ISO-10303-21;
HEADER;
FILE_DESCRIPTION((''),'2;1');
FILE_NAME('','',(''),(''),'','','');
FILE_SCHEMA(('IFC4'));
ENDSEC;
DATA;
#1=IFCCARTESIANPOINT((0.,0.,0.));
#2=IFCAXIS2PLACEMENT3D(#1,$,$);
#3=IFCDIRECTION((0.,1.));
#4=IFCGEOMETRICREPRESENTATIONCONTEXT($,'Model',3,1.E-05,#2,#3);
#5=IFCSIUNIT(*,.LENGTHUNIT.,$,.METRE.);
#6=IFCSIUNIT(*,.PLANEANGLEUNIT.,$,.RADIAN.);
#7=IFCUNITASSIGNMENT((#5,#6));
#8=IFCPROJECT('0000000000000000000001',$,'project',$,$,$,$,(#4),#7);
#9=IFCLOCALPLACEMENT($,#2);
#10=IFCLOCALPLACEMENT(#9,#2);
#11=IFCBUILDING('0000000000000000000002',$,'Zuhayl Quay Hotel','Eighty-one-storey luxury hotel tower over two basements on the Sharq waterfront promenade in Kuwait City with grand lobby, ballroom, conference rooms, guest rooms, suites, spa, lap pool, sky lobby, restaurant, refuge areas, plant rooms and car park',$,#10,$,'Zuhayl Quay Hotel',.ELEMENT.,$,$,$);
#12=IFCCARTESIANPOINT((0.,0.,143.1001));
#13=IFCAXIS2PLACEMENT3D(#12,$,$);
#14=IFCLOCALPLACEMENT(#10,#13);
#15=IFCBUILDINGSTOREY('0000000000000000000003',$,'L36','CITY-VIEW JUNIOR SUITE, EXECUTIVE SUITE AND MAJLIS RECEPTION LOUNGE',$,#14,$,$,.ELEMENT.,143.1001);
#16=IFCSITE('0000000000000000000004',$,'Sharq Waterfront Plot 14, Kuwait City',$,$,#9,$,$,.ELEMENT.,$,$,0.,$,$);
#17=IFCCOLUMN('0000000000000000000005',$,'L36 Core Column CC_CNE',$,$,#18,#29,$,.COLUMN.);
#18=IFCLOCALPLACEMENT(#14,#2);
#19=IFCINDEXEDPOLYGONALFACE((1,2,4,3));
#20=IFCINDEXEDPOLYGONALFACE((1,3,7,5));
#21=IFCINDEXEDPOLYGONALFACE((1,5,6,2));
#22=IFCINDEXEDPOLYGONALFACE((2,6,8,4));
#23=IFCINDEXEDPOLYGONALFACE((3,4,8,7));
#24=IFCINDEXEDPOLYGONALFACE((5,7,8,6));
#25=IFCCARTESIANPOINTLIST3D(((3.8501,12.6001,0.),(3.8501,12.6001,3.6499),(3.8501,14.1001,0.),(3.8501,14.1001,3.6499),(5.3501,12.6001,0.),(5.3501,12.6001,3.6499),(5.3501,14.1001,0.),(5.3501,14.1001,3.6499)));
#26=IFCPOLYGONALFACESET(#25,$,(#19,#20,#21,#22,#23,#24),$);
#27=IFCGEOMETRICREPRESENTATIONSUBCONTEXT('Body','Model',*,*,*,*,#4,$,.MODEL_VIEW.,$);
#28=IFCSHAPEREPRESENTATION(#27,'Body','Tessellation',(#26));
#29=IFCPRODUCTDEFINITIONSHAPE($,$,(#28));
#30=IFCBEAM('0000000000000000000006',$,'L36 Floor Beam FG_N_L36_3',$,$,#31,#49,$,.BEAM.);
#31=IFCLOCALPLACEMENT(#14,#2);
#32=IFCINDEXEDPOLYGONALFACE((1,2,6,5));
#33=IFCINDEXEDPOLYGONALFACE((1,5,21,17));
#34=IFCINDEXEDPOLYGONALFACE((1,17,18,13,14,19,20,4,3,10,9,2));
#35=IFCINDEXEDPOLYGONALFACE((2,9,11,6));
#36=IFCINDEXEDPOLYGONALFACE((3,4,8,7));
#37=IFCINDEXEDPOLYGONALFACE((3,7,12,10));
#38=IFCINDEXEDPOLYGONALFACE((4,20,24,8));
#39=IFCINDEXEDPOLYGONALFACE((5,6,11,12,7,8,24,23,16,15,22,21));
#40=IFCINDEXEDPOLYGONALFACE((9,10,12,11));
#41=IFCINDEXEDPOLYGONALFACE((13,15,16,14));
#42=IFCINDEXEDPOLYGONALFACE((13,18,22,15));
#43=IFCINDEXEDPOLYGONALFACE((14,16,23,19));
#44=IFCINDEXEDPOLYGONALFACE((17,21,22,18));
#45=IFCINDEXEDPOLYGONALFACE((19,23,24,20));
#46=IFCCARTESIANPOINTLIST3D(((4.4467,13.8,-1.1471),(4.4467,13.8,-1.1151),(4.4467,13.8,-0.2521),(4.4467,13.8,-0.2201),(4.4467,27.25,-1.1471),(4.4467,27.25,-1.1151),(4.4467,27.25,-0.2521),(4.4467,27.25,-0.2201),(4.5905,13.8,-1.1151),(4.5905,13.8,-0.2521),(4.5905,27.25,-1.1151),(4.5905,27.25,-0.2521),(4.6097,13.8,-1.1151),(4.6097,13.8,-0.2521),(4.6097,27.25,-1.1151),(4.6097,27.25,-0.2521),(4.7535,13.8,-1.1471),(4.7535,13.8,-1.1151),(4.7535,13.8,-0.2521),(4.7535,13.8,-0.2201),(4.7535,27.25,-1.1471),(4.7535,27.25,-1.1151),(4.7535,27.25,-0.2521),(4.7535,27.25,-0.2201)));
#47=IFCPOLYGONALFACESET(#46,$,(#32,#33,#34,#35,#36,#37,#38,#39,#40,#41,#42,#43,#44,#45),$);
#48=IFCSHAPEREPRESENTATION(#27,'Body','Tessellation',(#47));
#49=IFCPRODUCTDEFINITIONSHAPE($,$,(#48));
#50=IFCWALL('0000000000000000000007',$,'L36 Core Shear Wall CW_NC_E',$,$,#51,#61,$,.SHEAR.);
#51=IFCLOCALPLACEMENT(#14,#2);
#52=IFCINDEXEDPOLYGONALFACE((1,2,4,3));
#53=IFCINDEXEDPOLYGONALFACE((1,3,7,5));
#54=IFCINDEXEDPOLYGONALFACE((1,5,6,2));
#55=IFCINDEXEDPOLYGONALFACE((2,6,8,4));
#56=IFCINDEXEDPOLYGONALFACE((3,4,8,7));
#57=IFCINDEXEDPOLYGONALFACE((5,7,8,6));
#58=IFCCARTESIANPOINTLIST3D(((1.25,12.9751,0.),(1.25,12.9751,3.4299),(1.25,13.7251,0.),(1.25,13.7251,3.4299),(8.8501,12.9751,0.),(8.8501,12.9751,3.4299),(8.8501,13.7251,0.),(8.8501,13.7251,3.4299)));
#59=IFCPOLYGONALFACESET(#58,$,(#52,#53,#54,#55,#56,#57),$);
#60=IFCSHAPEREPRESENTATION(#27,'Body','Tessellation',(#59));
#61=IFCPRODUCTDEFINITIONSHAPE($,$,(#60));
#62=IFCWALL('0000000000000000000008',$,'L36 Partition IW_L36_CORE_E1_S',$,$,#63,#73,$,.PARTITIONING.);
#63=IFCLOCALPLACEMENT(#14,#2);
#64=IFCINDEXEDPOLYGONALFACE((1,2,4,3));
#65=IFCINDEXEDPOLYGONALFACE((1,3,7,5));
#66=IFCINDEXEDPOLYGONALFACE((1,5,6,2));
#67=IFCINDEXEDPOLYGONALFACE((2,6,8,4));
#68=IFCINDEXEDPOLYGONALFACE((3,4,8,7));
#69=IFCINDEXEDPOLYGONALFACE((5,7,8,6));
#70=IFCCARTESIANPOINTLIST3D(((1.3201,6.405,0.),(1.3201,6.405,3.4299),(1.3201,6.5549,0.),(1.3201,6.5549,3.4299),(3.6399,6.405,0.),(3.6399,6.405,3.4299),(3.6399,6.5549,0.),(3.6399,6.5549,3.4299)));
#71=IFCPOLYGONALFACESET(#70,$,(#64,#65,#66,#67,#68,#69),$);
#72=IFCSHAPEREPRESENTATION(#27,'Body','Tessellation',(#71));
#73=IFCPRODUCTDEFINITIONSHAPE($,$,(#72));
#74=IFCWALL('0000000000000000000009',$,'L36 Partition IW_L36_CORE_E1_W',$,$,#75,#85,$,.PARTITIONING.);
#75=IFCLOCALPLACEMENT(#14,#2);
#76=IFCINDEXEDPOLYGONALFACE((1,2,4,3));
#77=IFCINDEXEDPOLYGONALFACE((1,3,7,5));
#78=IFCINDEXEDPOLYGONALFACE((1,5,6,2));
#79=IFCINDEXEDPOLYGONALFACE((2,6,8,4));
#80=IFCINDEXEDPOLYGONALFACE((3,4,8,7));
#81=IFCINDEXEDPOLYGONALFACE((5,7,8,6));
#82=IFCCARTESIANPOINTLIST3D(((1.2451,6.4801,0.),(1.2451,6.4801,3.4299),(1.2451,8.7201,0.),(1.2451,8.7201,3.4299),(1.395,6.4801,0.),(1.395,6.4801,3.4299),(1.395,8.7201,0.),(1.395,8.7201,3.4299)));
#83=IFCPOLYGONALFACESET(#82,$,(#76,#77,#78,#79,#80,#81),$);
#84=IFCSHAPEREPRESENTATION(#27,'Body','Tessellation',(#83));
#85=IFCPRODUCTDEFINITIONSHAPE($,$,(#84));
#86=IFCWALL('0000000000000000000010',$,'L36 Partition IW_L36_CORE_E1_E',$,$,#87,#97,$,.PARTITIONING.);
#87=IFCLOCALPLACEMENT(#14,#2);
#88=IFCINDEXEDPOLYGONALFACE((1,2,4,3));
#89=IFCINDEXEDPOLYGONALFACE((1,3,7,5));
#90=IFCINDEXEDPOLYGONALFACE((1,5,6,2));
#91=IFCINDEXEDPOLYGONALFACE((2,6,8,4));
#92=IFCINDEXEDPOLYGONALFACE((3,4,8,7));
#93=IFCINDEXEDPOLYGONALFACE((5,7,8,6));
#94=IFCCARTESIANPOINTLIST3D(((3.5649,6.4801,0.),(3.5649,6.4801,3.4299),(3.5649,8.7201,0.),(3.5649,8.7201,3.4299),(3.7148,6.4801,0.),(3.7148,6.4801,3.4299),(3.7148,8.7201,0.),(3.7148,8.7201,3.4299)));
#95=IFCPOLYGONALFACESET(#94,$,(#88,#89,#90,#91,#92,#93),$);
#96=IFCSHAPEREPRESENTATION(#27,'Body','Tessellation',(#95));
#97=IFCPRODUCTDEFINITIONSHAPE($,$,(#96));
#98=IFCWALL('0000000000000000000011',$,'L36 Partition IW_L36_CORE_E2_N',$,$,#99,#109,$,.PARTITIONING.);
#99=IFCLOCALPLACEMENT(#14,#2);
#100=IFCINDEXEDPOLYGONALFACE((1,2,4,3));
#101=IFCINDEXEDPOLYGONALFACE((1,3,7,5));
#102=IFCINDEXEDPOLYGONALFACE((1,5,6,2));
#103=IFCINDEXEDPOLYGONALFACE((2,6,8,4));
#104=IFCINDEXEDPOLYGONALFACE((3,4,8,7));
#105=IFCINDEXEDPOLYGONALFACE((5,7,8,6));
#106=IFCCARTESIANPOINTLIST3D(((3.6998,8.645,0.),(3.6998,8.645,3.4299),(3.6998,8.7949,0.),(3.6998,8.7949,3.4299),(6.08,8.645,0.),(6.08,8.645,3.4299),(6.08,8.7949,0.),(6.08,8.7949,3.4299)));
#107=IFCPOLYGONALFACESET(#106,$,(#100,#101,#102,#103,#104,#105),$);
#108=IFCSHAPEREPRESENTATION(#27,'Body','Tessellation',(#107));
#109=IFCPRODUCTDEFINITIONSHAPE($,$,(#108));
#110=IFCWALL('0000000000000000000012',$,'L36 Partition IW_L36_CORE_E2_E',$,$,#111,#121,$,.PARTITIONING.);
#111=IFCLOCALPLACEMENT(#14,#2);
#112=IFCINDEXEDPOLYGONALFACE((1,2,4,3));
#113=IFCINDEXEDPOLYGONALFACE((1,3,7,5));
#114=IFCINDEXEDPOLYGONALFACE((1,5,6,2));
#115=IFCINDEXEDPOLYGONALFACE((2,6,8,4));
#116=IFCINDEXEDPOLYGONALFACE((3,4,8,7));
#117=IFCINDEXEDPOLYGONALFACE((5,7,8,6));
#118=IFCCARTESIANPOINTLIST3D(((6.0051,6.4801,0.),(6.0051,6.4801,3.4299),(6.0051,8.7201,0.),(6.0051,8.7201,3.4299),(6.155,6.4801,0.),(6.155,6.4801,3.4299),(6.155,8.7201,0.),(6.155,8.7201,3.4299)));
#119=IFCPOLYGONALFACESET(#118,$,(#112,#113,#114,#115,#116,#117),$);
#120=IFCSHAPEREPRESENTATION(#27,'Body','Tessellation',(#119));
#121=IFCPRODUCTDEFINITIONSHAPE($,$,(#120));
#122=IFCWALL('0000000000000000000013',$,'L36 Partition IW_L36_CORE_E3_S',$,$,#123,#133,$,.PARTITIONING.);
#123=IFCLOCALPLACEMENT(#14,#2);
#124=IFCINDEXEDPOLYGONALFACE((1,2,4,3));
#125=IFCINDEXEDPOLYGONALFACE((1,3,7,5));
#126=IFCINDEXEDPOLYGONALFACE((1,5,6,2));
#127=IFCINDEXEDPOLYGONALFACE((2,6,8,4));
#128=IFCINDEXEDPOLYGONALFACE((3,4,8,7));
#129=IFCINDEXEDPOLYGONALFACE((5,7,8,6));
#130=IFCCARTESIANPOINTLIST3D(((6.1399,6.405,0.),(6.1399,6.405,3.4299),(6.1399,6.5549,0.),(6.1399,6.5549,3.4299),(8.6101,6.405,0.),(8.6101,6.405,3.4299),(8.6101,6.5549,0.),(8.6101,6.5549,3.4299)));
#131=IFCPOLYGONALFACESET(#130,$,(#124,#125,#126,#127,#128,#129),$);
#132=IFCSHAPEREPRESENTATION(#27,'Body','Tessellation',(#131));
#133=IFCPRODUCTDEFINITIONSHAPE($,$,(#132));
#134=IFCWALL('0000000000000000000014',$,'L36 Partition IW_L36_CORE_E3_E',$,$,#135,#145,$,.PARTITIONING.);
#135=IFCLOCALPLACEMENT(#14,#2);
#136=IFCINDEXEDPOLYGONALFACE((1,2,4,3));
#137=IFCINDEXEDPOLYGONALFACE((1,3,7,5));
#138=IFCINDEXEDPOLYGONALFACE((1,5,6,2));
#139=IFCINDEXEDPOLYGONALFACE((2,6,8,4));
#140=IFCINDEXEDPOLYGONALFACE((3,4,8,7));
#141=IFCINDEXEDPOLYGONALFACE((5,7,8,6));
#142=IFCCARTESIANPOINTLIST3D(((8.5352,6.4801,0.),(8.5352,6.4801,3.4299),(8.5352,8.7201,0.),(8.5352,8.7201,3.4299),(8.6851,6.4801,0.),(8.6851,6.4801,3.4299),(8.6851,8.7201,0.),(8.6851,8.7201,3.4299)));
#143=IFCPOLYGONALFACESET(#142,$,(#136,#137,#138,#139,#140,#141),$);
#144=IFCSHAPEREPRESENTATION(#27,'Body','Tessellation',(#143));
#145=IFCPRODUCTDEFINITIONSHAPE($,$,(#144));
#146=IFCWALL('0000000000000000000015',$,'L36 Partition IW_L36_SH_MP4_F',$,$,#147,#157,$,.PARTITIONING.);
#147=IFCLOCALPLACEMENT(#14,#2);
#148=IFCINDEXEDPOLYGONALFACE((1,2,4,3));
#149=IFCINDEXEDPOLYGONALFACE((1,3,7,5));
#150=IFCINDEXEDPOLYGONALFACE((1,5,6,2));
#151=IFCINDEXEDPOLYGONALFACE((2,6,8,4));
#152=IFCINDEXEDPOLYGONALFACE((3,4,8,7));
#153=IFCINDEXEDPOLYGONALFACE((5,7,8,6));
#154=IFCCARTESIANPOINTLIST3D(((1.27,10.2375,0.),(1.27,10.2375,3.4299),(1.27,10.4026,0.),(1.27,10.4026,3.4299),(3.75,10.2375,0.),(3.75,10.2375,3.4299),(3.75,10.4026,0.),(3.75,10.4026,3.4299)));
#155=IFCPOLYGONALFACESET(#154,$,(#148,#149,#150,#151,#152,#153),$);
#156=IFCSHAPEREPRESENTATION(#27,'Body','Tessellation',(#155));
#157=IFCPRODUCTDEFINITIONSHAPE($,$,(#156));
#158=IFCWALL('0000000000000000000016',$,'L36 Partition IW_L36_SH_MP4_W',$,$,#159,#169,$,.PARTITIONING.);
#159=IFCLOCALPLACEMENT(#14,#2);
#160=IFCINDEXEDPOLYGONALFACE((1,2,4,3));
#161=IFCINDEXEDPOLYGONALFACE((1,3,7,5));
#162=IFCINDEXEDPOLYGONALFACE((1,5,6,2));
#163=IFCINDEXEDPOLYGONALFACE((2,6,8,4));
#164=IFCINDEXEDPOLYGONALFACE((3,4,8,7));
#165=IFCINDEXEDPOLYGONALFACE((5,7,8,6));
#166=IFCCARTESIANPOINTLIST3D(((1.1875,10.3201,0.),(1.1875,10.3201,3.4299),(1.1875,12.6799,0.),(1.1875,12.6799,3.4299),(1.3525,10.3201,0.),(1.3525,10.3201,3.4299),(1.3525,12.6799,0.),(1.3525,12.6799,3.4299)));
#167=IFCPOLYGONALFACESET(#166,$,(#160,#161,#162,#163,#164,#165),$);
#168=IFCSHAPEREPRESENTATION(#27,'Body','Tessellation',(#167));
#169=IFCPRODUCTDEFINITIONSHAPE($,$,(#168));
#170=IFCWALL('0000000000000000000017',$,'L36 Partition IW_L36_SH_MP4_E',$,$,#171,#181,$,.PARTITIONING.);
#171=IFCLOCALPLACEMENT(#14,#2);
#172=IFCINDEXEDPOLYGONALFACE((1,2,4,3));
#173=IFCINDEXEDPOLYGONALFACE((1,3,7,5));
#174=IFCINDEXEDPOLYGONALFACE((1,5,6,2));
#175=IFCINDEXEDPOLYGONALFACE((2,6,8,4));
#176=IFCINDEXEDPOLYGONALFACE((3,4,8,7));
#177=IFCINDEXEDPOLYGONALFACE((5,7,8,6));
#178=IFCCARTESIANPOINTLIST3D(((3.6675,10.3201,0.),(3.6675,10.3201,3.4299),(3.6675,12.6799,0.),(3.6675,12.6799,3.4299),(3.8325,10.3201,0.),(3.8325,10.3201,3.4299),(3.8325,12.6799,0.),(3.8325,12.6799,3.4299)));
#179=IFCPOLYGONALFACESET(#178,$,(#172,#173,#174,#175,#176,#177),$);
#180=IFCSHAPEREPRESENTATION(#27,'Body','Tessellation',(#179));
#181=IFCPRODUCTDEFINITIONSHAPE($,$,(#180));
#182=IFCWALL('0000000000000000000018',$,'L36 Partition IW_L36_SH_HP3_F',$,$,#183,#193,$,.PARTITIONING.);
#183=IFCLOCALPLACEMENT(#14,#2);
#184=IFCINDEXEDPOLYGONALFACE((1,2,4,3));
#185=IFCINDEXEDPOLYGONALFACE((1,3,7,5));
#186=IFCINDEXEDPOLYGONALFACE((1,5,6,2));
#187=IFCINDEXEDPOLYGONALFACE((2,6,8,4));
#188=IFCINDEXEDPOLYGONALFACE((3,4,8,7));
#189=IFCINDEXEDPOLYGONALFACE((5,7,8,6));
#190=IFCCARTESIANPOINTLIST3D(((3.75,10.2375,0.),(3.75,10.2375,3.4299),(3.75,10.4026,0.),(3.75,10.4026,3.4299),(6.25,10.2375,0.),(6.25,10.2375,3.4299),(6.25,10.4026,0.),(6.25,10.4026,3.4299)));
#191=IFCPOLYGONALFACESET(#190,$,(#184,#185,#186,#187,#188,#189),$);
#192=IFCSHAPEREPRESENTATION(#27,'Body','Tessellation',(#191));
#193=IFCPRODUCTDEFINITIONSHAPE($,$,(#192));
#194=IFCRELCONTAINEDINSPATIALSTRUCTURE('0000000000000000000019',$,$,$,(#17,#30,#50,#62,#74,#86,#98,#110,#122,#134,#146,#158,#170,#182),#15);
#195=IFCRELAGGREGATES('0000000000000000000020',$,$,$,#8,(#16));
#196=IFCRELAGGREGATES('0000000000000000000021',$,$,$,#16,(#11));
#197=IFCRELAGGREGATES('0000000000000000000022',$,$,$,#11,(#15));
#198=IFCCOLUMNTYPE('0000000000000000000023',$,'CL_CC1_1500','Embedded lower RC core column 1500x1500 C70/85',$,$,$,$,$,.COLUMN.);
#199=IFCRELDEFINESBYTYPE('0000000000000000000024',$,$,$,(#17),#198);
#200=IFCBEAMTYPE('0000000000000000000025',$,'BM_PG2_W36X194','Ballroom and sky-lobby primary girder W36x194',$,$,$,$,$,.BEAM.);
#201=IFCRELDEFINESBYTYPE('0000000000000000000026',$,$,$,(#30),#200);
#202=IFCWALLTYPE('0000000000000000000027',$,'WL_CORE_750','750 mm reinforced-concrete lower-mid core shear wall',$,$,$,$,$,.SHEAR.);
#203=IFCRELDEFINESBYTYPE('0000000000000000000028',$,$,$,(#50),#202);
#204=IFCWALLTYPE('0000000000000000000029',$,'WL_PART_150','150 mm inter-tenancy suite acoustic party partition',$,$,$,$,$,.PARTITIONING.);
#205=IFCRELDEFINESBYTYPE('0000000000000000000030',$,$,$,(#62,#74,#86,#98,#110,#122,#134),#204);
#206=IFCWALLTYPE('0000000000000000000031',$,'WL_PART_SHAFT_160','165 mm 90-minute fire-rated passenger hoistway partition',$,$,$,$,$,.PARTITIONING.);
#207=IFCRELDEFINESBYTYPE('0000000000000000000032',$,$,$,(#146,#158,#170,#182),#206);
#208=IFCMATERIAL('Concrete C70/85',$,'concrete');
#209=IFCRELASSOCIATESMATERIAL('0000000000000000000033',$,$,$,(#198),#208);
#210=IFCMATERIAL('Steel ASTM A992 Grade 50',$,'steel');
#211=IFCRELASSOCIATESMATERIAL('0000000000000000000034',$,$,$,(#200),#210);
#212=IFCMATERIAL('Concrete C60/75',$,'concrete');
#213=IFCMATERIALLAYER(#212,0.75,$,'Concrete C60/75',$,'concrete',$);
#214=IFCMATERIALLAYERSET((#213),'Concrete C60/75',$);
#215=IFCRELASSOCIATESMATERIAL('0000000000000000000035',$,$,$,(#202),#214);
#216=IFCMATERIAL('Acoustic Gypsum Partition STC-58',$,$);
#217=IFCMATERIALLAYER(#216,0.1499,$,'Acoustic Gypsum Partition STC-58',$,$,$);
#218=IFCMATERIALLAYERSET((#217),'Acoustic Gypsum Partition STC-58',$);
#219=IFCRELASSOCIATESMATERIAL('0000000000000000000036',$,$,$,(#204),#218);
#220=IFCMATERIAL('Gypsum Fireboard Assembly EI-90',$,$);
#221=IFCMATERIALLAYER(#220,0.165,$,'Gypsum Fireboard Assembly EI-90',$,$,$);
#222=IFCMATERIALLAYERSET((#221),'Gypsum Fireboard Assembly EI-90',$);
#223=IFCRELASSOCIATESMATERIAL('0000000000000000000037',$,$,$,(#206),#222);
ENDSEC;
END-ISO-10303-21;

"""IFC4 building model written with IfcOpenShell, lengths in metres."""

from ifc_helpers import new_model, si_unit, direction, frame, frame_2d, origin, origin_2d, place, context, subcontext, project, spatial, rectangle, i_section, extrude, material, layer, layer_set, material_profile, profile_set, type_object, element, save


model = new_model("IFC4")

# Units and contexts
model_context = context("Model", 3, precision=1e-05, world=origin(), true_north=direction((0.0, 1.0)))
body_context = subcontext(model_context, "Body", "Model", "MODEL_VIEW")
ifc_project = project(units=[si_unit("LENGTHUNIT", "METRE"), si_unit("PLANEANGLEUNIT", "RADIAN")], contexts=[model_context])

# Site, building, storey
site_placement = place(None, origin())
site = spatial("IfcSite", under=ifc_project, at=site_placement, Name="Sharq Waterfront Plot 14, Kuwait City", CompositionType="ELEMENT", RefElevation=0.0)
building_placement = place(site_placement, origin())
building = spatial("IfcBuilding", under=site, at=building_placement, Name="Zuhayl Quay Hotel", Description="Eighty-one-storey luxury hotel tower over two basements on the Sharq waterfront promenade in Kuwait City with grand lobby, ballroom, conference rooms, guest rooms, suites, spa, lap pool, sky lobby, restaurant, refuge areas, plant rooms and car park", LongName="Zuhayl Quay Hotel", CompositionType="ELEMENT")
storey_placement = place(building_placement, frame((0.0, 0.0, 143.1001)))
storey = spatial("IfcBuildingStorey", under=building, at=storey_placement, Name="L36", Description="CITY-VIEW JUNIOR SUITE, EXECUTIVE SUITE AND MAJLIS RECEPTION LOUNGE", CompositionType="ELEMENT", Elevation=143.1001)

# Column
ifc_material_1 = material(Name="Concrete C70/85", Category="concrete")
ifc_material_profile_1 = material_profile(ifc_material_1, rectangle(XDim=1.5, YDim=1.5, at=origin_2d()), Name="RC1500X1500")
ifc_profile_set_1 = profile_set([ifc_material_profile_1], Name="Concrete C70/85")
column_type = type_object("IfcColumnType", Name="CL_CC1_1500", Description="Embedded lower RC core column 1500x1500 C70/85", PredefinedType="COLUMN", material=ifc_profile_set_1)
column_placement = place(storey_placement, frame((4.6001, 13.3501, 0.0), z_axis=(0.0, 0.0, 1.0), x_axis=(1.0, 0.0, 0.0)))
element("IfcColumn", 1, at=column_placement, inside=storey, type_object=column_type, Name="L36 Core Column CC_CNE", PredefinedType="COLUMN", context=body_context, shape_type="SweptSolid", body=[
    extrude(rectangle(XDim=1.5, YDim=1.5, at=origin_2d()), origin(), (0.0, 0.0, 1.0), 3.6499),
])

# Beam
ifc_material_2 = material(Name="Steel ASTM A992 Grade 50", Category="steel")
ifc_material_profile_2 = material_profile(ifc_material_2, i_section(OverallWidth=0.3069, OverallDepth=0.927, WebThickness=0.0193, FlangeThickness=0.032, at=origin_2d()), Name="W36X194")
ifc_profile_set_2 = profile_set([ifc_material_profile_2], Name="Steel ASTM A992 Grade 50")
beam_type = type_object("IfcBeamType", Name="BM_PG2_W36X194", Description="Ballroom and sky-lobby primary girder W36x194", PredefinedType="BEAM", material=ifc_profile_set_2)
beam_placement = place(storey_placement, frame((4.6001, 13.8, -0.6836), z_axis=(0.0, 1.0, 0.0), x_axis=(-1.0, 0.0, 0.0)))
element("IfcBeam", 2, at=beam_placement, inside=storey, type_object=beam_type, Name="L36 Floor Beam FG_N_L36_3", PredefinedType="BEAM", context=body_context, shape_type="SweptSolid", body=[
    extrude(i_section(OverallWidth=0.3069, OverallDepth=0.927, WebThickness=0.0193, FlangeThickness=0.032, at=origin_2d()), origin(), (0.0, 0.0, 1.0), 13.45),
])

# Wall
ifc_material_3 = material(Name="Concrete C60/75", Category="concrete")
ifc_layer_1 = layer(ifc_material_3, 0.75, Name="Concrete C60/75", Category="concrete")
ifc_layer_set_1 = layer_set([ifc_layer_1], Name="Concrete C60/75")
wall_type_1 = type_object("IfcWallType", Name="WL_CORE_750", Description="750 mm reinforced-concrete lower-mid core shear wall", PredefinedType="SHEAR", material=ifc_layer_set_1)
wall_1_placement = place(storey_placement, frame((1.25, 13.3501, 0.0), z_axis=(0.0, 0.0, 1.0), x_axis=(1.0, 0.0, 0.0)))
element("IfcWall", 3, at=wall_1_placement, inside=storey, type_object=wall_type_1, Name="L36 Core Shear Wall CW_NC_E", PredefinedType="SHEAR", context=body_context, shape_type="SweptSolid", body=[
    extrude(rectangle(XDim=7.6001, YDim=0.75, at=frame_2d((3.8, 0.0))), origin(), (0.0, 0.0, 1.0), 3.4299),
])

# Shared definitions
ifc_material_4 = material(Name="Acoustic Gypsum Partition STC-58")
ifc_layer_2 = layer(ifc_material_4, 0.1499, Name="Acoustic Gypsum Partition STC-58")
ifc_layer_set_2 = layer_set([ifc_layer_2], Name="Acoustic Gypsum Partition STC-58")
wall_type_2 = type_object("IfcWallType", Name="WL_PART_150", Description="150 mm inter-tenancy suite acoustic party partition", PredefinedType="PARTITIONING", material=ifc_layer_set_2)

# Walls
wall_2_placement = place(storey_placement, frame((1.3201, 6.48, 0.0), z_axis=(0.0, 0.0, 1.0), x_axis=(1.0, 0.0, 0.0)))
element("IfcWall", 4, at=wall_2_placement, inside=storey, type_object=wall_type_2, Name="L36 Partition IW_L36_CORE_E1_S", PredefinedType="PARTITIONING", context=body_context, shape_type="SweptSolid", body=[
    extrude(rectangle(XDim=2.3198, YDim=0.1499, at=frame_2d((1.1599, 0.0))), origin(), (0.0, 0.0, 1.0), 3.4299),
])
for number, where, z_axis, x_axis, name in (
    (5, (1.3201, 6.48, 0.0), (0.0, 0.0, 1.0), (0.0, 1.0, 0.0), "L36 Partition IW_L36_CORE_E1_W"),
    (6, (3.6399, 6.48, 0.0), (0.0, 0.0, 1.0), (0.0, 1.0, 0.0), "L36 Partition IW_L36_CORE_E1_E"),
):
    element("IfcWall", number, at=place(storey_placement, frame(where, z_axis=z_axis, x_axis=x_axis)), inside=storey, type_object=wall_type_2, Name=name, PredefinedType="PARTITIONING", context=body_context, shape_type="SweptSolid", body=[
        extrude(rectangle(XDim=2.24, YDim=0.1499, at=frame_2d((1.1201, 0.0))), origin(), (0.0, 0.0, 1.0), 3.4299),
    ])
wall_3_placement = place(storey_placement, frame((3.7, 8.72, 0.0), z_axis=(0.0, 0.0, 1.0), x_axis=(1.0, 0.0, 0.0)))
element("IfcWall", 7, at=wall_3_placement, inside=storey, type_object=wall_type_2, Name="L36 Partition IW_L36_CORE_E2_N", PredefinedType="PARTITIONING", context=body_context, shape_type="SweptSolid", body=[
    extrude(rectangle(XDim=2.3801, YDim=0.1499, at=frame_2d((1.1899, 0.0))), origin(), (0.0, 0.0, 1.0), 3.4299),
])
wall_4_placement = place(storey_placement, frame((6.0801, 6.48, 0.0), z_axis=(0.0, 0.0, 1.0), x_axis=(0.0, 1.0, 0.0)))
element("IfcWall", 8, at=wall_4_placement, inside=storey, type_object=wall_type_2, Name="L36 Partition IW_L36_CORE_E2_E", PredefinedType="PARTITIONING", context=body_context, shape_type="SweptSolid", body=[
    extrude(rectangle(XDim=2.24, YDim=0.1499, at=frame_2d((1.1201, 0.0))), origin(), (0.0, 0.0, 1.0), 3.4299),
])
wall_5_placement = place(storey_placement, frame((6.1399, 6.48, 0.0), z_axis=(0.0, 0.0, 1.0), x_axis=(1.0, 0.0, 0.0)))
element("IfcWall", 9, at=wall_5_placement, inside=storey, type_object=wall_type_2, Name="L36 Partition IW_L36_CORE_E3_S", PredefinedType="PARTITIONING", context=body_context, shape_type="SweptSolid", body=[
    extrude(rectangle(XDim=2.4702, YDim=0.1499, at=frame_2d((1.2351, 0.0))), origin(), (0.0, 0.0, 1.0), 3.4299),
])
wall_6_placement = place(storey_placement, frame((8.6101, 6.48, 0.0), z_axis=(0.0, 0.0, 1.0), x_axis=(0.0, 1.0, 0.0)))
element("IfcWall", 10, at=wall_6_placement, inside=storey, type_object=wall_type_2, Name="L36 Partition IW_L36_CORE_E3_E", PredefinedType="PARTITIONING", context=body_context, shape_type="SweptSolid", body=[
    extrude(rectangle(XDim=2.24, YDim=0.1499, at=frame_2d((1.1201, 0.0))), origin(), (0.0, 0.0, 1.0), 3.4299),
])
ifc_material_5 = material(Name="Gypsum Fireboard Assembly EI-90")
ifc_layer_3 = layer(ifc_material_5, 0.165, Name="Gypsum Fireboard Assembly EI-90")
ifc_layer_set_3 = layer_set([ifc_layer_3], Name="Gypsum Fireboard Assembly EI-90")
wall_type_3 = type_object("IfcWallType", Name="WL_PART_SHAFT_160", Description="165 mm 90-minute fire-rated passenger hoistway partition", PredefinedType="PARTITIONING", material=ifc_layer_set_3)
wall_7_placement = place(storey_placement, frame((1.27, 10.3201, 0.0), z_axis=(0.0, 0.0, 1.0), x_axis=(1.0, 0.0, 0.0)))
element("IfcWall", 11, at=wall_7_placement, inside=storey, type_object=wall_type_3, Name="L36 Partition IW_L36_SH_MP4_F", PredefinedType="PARTITIONING", context=body_context, shape_type="SweptSolid", body=[
    extrude(rectangle(XDim=2.48, YDim=0.165, at=frame_2d((1.24, 0.0))), origin(), (0.0, 0.0, 1.0), 3.4299),
])
for number, where, z_axis, x_axis, name in (
    (12, (1.27, 10.3201, 0.0), (0.0, 0.0, 1.0), (0.0, 1.0, 0.0), "L36 Partition IW_L36_SH_MP4_W"),
    (13, (3.75, 10.3201, 0.0), (0.0, 0.0, 1.0), (0.0, 1.0, 0.0), "L36 Partition IW_L36_SH_MP4_E"),
):
    element("IfcWall", number, at=place(storey_placement, frame(where, z_axis=z_axis, x_axis=x_axis)), inside=storey, type_object=wall_type_3, Name=name, PredefinedType="PARTITIONING", context=body_context, shape_type="SweptSolid", body=[
        extrude(rectangle(XDim=2.3599, YDim=0.165, at=frame_2d((1.1799, 0.0))), origin(), (0.0, 0.0, 1.0), 3.4299),
    ])
wall_8_placement = place(storey_placement, frame((3.75, 10.3201, 0.0), z_axis=(0.0, 0.0, 1.0), x_axis=(1.0, 0.0, 0.0)))
element("IfcWall", 14, at=wall_8_placement, inside=storey, type_object=wall_type_3, Name="L36 Partition IW_L36_SH_HP3_F", PredefinedType="PARTITIONING", context=body_context, shape_type="SweptSolid", body=[
    extrude(rectangle(XDim=2.5, YDim=0.165, at=frame_2d((1.25, 0.0))), origin(), (0.0, 0.0, 1.0), 3.4299),
])

save(model, "model.ifc")
